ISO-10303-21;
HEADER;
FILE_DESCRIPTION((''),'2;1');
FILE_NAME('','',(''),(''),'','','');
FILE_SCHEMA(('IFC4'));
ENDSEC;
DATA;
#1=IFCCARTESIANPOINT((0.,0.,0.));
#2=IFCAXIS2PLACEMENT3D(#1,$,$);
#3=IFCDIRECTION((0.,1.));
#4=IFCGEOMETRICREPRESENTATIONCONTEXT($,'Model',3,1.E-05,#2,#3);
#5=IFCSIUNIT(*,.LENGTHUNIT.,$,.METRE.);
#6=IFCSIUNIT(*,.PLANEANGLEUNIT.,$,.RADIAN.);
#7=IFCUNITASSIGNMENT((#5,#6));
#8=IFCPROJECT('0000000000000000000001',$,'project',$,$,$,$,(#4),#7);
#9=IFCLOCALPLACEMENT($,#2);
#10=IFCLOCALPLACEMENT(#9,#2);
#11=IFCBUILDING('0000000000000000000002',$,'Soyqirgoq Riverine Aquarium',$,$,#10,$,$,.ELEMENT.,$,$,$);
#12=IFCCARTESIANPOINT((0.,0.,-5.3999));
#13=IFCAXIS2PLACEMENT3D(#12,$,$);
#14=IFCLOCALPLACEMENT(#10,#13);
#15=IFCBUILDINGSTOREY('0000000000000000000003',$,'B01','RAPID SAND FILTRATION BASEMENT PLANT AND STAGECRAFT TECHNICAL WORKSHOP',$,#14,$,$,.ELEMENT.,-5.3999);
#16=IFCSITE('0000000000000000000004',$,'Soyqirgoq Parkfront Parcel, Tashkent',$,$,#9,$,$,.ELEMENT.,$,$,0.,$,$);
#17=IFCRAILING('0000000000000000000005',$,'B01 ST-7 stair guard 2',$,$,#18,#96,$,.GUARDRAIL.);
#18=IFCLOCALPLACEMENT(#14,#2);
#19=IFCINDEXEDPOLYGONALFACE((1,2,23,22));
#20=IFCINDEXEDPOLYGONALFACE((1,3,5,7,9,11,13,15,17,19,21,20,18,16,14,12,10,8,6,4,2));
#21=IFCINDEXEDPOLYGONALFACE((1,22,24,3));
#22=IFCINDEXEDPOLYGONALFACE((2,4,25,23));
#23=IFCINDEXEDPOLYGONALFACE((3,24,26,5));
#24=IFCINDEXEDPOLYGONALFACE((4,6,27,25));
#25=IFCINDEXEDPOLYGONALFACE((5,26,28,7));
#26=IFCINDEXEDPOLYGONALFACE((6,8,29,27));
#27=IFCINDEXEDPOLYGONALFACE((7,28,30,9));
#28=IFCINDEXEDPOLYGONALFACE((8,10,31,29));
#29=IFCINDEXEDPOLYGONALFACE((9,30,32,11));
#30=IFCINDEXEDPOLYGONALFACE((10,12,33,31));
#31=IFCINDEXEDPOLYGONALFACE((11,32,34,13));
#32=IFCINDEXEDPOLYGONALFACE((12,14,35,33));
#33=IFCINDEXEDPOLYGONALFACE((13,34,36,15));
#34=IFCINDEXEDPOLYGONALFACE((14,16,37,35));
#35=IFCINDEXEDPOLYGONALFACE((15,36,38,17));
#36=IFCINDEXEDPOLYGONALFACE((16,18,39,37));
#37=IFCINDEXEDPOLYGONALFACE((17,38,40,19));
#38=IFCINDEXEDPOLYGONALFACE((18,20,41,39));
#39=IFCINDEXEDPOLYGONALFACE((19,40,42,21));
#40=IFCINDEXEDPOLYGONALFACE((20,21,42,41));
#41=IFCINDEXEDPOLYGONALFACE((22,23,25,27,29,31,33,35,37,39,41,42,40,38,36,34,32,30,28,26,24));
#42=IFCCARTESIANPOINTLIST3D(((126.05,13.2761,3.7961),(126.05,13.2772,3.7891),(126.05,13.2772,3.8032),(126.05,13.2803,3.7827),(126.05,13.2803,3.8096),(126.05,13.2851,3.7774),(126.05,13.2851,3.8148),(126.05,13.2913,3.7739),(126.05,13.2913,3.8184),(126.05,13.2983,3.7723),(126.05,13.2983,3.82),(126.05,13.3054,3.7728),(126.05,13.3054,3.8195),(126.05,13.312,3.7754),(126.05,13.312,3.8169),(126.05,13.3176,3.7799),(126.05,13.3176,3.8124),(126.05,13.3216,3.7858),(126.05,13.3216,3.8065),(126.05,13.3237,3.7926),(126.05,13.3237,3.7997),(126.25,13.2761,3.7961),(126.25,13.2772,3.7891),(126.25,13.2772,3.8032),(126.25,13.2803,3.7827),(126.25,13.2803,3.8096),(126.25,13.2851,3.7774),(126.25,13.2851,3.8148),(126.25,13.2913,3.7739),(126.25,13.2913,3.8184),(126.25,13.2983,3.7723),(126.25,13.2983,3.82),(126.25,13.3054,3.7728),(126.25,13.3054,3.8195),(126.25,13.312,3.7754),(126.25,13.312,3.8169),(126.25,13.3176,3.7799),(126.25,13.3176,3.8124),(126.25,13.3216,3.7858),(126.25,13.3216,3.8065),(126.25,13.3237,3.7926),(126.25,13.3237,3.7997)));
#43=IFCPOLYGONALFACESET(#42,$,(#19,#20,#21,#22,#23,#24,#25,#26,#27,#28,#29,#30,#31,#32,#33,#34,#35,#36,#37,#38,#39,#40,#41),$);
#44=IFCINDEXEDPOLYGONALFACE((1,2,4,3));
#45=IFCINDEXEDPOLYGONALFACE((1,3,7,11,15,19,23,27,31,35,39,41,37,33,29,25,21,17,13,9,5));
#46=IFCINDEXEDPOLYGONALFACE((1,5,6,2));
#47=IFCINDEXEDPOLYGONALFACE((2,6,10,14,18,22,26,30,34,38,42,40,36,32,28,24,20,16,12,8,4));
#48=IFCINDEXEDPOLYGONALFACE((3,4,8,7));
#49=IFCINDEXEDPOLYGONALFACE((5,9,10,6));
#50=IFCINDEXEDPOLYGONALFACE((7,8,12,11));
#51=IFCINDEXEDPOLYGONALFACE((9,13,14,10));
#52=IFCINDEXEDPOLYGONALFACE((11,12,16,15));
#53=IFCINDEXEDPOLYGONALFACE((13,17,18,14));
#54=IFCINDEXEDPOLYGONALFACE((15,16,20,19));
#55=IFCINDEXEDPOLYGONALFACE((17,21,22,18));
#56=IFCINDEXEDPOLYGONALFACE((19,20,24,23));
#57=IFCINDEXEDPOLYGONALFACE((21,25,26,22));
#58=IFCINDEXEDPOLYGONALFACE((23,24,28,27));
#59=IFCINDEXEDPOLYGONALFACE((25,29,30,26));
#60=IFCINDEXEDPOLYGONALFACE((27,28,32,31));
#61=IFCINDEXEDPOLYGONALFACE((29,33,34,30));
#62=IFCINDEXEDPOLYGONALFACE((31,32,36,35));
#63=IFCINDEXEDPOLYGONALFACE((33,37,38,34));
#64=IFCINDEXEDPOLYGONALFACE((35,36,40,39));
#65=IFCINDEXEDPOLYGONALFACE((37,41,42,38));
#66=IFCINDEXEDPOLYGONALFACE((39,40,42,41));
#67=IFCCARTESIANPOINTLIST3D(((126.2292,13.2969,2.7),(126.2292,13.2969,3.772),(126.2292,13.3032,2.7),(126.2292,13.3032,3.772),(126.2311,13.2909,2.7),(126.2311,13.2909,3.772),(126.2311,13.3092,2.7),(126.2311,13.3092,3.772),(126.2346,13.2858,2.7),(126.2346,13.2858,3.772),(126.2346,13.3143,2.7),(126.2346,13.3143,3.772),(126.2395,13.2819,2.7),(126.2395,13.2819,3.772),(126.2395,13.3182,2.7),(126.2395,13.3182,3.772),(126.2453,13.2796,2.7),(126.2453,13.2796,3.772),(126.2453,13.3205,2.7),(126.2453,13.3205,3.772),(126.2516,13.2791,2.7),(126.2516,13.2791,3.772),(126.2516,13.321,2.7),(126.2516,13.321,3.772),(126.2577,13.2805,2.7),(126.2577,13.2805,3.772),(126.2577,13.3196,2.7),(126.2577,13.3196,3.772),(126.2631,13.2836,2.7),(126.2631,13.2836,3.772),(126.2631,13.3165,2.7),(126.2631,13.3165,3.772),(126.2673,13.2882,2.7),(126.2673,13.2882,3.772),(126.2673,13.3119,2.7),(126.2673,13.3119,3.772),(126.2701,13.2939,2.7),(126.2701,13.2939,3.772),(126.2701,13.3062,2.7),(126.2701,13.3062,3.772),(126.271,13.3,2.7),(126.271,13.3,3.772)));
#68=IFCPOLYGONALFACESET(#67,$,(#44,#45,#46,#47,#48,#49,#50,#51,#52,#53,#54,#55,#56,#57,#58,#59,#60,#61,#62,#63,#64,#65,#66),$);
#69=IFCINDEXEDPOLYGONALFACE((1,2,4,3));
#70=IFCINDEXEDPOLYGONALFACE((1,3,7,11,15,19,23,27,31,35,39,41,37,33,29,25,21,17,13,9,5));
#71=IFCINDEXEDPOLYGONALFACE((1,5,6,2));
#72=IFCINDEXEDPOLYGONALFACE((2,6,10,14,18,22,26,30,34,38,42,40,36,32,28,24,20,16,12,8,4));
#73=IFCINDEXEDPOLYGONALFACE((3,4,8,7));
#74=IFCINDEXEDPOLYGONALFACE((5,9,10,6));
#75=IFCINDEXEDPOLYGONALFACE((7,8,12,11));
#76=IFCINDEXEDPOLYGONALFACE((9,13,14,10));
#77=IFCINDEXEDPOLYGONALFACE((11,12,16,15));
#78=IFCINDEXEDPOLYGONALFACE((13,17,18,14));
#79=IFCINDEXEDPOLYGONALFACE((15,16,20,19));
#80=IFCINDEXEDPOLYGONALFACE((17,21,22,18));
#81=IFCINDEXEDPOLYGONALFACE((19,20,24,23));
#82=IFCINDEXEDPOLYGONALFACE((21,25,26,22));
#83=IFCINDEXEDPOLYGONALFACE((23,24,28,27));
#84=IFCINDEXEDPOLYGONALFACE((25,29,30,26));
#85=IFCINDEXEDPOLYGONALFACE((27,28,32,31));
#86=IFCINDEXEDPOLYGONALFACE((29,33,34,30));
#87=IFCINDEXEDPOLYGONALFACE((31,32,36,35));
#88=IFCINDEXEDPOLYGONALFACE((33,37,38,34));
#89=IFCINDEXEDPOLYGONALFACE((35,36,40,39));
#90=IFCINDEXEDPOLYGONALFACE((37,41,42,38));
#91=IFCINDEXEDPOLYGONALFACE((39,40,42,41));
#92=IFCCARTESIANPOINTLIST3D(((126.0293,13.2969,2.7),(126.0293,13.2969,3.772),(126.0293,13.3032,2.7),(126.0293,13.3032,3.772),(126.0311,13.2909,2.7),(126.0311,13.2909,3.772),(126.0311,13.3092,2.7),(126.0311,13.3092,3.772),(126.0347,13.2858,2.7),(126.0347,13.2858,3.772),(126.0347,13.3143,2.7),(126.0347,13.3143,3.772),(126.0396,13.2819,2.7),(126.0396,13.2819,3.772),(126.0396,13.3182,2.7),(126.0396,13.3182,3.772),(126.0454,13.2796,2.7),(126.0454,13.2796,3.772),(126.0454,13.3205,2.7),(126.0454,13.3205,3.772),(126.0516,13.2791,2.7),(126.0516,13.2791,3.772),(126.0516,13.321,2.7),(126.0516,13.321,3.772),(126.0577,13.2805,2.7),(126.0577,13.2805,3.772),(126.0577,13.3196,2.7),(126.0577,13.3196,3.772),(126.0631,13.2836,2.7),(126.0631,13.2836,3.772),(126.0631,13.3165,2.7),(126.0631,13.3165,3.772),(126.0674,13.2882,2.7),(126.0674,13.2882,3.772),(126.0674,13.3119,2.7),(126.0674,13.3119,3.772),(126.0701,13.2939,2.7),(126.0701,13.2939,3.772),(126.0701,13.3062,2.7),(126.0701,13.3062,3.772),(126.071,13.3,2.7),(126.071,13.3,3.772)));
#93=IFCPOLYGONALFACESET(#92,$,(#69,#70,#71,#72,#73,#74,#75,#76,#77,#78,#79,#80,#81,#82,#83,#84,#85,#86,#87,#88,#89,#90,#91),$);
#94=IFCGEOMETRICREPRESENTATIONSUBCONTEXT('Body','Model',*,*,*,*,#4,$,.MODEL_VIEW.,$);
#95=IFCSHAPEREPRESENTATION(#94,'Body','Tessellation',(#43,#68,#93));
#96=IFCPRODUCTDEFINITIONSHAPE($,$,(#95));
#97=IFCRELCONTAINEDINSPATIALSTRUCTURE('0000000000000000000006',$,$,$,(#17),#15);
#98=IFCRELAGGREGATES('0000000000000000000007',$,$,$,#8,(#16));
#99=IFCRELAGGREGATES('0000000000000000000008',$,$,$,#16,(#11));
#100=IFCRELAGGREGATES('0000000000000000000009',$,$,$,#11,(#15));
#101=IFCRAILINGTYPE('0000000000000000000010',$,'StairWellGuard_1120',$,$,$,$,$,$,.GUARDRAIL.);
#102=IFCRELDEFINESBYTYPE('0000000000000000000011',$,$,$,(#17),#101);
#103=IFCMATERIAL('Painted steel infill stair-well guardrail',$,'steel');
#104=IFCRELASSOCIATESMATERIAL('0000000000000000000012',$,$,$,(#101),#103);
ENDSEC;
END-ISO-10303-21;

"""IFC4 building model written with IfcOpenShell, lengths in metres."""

from ifc_helpers import new_model, si_unit, direction, frame, origin, origin_2d, place, context, subcontext, project, spatial, circle, extrude, material, type_object, element, save


model = new_model("IFC4")

# Units and contexts
model_context = context("Model", 3, precision=1e-05, world=origin(), true_north=direction((0.0, 1.0)))
body_context = subcontext(model_context, "Body", "Model", "MODEL_VIEW")
ifc_project = project(units=[si_unit("LENGTHUNIT", "METRE"), si_unit("PLANEANGLEUNIT", "RADIAN")], contexts=[model_context])

# Site, building, storey
site_placement = place(None, origin())
site = spatial("IfcSite", under=ifc_project, at=site_placement, Name="Soyqirgoq Parkfront Parcel, Tashkent", CompositionType="ELEMENT", RefElevation=0.0)
building_placement = place(site_placement, origin())
building = spatial("IfcBuilding", under=site, at=building_placement, Name="Soyqirgoq Riverine Aquarium", CompositionType="ELEMENT")
storey_placement = place(building_placement, frame((0.0, 0.0, -5.3999)))
storey = spatial("IfcBuildingStorey", under=building, at=storey_placement, Name="B01", Description="RAPID SAND FILTRATION BASEMENT PLANT AND STAGECRAFT TECHNICAL WORKSHOP", CompositionType="ELEMENT", Elevation=-5.3999)

# Railing
ifc_material_1 = material(Name="Painted steel infill stair-well guardrail", Category="steel")
railing_type_1 = type_object("IfcRailingType", Name="StairWellGuard_1120", PredefinedType="GUARDRAIL", material=ifc_material_1)
railing_1_placement = place(storey_placement, frame((126.25, 13.3, 2.7)))
element("IfcRailing", 1, at=railing_1_placement, inside=storey, type_object=railing_type_1, Name="B01 ST-7 stair guard 2", PredefinedType="GUARDRAIL", context=body_context, shape_type="SweptSolid", body=[
    extrude(circle(Radius=0.0239, at=origin_2d()), frame((0.0, 0.0, 1.0962), z_axis=(-1.0, 0.0, 0.0), x_axis=(0.0, -1.0, 0.0)), (0.0, 0.0, 1.0), 0.2),
    extrude(circle(Radius=0.021, at=origin_2d()), origin(), (0.0, 0.0, 1.0), 1.072),
    extrude(circle(Radius=0.021, at=origin_2d()), frame((-0.2, 0.0, 0.0)), (0.0, 0.0, 1.0), 1.072),
])

save(model, "model.ifc")
